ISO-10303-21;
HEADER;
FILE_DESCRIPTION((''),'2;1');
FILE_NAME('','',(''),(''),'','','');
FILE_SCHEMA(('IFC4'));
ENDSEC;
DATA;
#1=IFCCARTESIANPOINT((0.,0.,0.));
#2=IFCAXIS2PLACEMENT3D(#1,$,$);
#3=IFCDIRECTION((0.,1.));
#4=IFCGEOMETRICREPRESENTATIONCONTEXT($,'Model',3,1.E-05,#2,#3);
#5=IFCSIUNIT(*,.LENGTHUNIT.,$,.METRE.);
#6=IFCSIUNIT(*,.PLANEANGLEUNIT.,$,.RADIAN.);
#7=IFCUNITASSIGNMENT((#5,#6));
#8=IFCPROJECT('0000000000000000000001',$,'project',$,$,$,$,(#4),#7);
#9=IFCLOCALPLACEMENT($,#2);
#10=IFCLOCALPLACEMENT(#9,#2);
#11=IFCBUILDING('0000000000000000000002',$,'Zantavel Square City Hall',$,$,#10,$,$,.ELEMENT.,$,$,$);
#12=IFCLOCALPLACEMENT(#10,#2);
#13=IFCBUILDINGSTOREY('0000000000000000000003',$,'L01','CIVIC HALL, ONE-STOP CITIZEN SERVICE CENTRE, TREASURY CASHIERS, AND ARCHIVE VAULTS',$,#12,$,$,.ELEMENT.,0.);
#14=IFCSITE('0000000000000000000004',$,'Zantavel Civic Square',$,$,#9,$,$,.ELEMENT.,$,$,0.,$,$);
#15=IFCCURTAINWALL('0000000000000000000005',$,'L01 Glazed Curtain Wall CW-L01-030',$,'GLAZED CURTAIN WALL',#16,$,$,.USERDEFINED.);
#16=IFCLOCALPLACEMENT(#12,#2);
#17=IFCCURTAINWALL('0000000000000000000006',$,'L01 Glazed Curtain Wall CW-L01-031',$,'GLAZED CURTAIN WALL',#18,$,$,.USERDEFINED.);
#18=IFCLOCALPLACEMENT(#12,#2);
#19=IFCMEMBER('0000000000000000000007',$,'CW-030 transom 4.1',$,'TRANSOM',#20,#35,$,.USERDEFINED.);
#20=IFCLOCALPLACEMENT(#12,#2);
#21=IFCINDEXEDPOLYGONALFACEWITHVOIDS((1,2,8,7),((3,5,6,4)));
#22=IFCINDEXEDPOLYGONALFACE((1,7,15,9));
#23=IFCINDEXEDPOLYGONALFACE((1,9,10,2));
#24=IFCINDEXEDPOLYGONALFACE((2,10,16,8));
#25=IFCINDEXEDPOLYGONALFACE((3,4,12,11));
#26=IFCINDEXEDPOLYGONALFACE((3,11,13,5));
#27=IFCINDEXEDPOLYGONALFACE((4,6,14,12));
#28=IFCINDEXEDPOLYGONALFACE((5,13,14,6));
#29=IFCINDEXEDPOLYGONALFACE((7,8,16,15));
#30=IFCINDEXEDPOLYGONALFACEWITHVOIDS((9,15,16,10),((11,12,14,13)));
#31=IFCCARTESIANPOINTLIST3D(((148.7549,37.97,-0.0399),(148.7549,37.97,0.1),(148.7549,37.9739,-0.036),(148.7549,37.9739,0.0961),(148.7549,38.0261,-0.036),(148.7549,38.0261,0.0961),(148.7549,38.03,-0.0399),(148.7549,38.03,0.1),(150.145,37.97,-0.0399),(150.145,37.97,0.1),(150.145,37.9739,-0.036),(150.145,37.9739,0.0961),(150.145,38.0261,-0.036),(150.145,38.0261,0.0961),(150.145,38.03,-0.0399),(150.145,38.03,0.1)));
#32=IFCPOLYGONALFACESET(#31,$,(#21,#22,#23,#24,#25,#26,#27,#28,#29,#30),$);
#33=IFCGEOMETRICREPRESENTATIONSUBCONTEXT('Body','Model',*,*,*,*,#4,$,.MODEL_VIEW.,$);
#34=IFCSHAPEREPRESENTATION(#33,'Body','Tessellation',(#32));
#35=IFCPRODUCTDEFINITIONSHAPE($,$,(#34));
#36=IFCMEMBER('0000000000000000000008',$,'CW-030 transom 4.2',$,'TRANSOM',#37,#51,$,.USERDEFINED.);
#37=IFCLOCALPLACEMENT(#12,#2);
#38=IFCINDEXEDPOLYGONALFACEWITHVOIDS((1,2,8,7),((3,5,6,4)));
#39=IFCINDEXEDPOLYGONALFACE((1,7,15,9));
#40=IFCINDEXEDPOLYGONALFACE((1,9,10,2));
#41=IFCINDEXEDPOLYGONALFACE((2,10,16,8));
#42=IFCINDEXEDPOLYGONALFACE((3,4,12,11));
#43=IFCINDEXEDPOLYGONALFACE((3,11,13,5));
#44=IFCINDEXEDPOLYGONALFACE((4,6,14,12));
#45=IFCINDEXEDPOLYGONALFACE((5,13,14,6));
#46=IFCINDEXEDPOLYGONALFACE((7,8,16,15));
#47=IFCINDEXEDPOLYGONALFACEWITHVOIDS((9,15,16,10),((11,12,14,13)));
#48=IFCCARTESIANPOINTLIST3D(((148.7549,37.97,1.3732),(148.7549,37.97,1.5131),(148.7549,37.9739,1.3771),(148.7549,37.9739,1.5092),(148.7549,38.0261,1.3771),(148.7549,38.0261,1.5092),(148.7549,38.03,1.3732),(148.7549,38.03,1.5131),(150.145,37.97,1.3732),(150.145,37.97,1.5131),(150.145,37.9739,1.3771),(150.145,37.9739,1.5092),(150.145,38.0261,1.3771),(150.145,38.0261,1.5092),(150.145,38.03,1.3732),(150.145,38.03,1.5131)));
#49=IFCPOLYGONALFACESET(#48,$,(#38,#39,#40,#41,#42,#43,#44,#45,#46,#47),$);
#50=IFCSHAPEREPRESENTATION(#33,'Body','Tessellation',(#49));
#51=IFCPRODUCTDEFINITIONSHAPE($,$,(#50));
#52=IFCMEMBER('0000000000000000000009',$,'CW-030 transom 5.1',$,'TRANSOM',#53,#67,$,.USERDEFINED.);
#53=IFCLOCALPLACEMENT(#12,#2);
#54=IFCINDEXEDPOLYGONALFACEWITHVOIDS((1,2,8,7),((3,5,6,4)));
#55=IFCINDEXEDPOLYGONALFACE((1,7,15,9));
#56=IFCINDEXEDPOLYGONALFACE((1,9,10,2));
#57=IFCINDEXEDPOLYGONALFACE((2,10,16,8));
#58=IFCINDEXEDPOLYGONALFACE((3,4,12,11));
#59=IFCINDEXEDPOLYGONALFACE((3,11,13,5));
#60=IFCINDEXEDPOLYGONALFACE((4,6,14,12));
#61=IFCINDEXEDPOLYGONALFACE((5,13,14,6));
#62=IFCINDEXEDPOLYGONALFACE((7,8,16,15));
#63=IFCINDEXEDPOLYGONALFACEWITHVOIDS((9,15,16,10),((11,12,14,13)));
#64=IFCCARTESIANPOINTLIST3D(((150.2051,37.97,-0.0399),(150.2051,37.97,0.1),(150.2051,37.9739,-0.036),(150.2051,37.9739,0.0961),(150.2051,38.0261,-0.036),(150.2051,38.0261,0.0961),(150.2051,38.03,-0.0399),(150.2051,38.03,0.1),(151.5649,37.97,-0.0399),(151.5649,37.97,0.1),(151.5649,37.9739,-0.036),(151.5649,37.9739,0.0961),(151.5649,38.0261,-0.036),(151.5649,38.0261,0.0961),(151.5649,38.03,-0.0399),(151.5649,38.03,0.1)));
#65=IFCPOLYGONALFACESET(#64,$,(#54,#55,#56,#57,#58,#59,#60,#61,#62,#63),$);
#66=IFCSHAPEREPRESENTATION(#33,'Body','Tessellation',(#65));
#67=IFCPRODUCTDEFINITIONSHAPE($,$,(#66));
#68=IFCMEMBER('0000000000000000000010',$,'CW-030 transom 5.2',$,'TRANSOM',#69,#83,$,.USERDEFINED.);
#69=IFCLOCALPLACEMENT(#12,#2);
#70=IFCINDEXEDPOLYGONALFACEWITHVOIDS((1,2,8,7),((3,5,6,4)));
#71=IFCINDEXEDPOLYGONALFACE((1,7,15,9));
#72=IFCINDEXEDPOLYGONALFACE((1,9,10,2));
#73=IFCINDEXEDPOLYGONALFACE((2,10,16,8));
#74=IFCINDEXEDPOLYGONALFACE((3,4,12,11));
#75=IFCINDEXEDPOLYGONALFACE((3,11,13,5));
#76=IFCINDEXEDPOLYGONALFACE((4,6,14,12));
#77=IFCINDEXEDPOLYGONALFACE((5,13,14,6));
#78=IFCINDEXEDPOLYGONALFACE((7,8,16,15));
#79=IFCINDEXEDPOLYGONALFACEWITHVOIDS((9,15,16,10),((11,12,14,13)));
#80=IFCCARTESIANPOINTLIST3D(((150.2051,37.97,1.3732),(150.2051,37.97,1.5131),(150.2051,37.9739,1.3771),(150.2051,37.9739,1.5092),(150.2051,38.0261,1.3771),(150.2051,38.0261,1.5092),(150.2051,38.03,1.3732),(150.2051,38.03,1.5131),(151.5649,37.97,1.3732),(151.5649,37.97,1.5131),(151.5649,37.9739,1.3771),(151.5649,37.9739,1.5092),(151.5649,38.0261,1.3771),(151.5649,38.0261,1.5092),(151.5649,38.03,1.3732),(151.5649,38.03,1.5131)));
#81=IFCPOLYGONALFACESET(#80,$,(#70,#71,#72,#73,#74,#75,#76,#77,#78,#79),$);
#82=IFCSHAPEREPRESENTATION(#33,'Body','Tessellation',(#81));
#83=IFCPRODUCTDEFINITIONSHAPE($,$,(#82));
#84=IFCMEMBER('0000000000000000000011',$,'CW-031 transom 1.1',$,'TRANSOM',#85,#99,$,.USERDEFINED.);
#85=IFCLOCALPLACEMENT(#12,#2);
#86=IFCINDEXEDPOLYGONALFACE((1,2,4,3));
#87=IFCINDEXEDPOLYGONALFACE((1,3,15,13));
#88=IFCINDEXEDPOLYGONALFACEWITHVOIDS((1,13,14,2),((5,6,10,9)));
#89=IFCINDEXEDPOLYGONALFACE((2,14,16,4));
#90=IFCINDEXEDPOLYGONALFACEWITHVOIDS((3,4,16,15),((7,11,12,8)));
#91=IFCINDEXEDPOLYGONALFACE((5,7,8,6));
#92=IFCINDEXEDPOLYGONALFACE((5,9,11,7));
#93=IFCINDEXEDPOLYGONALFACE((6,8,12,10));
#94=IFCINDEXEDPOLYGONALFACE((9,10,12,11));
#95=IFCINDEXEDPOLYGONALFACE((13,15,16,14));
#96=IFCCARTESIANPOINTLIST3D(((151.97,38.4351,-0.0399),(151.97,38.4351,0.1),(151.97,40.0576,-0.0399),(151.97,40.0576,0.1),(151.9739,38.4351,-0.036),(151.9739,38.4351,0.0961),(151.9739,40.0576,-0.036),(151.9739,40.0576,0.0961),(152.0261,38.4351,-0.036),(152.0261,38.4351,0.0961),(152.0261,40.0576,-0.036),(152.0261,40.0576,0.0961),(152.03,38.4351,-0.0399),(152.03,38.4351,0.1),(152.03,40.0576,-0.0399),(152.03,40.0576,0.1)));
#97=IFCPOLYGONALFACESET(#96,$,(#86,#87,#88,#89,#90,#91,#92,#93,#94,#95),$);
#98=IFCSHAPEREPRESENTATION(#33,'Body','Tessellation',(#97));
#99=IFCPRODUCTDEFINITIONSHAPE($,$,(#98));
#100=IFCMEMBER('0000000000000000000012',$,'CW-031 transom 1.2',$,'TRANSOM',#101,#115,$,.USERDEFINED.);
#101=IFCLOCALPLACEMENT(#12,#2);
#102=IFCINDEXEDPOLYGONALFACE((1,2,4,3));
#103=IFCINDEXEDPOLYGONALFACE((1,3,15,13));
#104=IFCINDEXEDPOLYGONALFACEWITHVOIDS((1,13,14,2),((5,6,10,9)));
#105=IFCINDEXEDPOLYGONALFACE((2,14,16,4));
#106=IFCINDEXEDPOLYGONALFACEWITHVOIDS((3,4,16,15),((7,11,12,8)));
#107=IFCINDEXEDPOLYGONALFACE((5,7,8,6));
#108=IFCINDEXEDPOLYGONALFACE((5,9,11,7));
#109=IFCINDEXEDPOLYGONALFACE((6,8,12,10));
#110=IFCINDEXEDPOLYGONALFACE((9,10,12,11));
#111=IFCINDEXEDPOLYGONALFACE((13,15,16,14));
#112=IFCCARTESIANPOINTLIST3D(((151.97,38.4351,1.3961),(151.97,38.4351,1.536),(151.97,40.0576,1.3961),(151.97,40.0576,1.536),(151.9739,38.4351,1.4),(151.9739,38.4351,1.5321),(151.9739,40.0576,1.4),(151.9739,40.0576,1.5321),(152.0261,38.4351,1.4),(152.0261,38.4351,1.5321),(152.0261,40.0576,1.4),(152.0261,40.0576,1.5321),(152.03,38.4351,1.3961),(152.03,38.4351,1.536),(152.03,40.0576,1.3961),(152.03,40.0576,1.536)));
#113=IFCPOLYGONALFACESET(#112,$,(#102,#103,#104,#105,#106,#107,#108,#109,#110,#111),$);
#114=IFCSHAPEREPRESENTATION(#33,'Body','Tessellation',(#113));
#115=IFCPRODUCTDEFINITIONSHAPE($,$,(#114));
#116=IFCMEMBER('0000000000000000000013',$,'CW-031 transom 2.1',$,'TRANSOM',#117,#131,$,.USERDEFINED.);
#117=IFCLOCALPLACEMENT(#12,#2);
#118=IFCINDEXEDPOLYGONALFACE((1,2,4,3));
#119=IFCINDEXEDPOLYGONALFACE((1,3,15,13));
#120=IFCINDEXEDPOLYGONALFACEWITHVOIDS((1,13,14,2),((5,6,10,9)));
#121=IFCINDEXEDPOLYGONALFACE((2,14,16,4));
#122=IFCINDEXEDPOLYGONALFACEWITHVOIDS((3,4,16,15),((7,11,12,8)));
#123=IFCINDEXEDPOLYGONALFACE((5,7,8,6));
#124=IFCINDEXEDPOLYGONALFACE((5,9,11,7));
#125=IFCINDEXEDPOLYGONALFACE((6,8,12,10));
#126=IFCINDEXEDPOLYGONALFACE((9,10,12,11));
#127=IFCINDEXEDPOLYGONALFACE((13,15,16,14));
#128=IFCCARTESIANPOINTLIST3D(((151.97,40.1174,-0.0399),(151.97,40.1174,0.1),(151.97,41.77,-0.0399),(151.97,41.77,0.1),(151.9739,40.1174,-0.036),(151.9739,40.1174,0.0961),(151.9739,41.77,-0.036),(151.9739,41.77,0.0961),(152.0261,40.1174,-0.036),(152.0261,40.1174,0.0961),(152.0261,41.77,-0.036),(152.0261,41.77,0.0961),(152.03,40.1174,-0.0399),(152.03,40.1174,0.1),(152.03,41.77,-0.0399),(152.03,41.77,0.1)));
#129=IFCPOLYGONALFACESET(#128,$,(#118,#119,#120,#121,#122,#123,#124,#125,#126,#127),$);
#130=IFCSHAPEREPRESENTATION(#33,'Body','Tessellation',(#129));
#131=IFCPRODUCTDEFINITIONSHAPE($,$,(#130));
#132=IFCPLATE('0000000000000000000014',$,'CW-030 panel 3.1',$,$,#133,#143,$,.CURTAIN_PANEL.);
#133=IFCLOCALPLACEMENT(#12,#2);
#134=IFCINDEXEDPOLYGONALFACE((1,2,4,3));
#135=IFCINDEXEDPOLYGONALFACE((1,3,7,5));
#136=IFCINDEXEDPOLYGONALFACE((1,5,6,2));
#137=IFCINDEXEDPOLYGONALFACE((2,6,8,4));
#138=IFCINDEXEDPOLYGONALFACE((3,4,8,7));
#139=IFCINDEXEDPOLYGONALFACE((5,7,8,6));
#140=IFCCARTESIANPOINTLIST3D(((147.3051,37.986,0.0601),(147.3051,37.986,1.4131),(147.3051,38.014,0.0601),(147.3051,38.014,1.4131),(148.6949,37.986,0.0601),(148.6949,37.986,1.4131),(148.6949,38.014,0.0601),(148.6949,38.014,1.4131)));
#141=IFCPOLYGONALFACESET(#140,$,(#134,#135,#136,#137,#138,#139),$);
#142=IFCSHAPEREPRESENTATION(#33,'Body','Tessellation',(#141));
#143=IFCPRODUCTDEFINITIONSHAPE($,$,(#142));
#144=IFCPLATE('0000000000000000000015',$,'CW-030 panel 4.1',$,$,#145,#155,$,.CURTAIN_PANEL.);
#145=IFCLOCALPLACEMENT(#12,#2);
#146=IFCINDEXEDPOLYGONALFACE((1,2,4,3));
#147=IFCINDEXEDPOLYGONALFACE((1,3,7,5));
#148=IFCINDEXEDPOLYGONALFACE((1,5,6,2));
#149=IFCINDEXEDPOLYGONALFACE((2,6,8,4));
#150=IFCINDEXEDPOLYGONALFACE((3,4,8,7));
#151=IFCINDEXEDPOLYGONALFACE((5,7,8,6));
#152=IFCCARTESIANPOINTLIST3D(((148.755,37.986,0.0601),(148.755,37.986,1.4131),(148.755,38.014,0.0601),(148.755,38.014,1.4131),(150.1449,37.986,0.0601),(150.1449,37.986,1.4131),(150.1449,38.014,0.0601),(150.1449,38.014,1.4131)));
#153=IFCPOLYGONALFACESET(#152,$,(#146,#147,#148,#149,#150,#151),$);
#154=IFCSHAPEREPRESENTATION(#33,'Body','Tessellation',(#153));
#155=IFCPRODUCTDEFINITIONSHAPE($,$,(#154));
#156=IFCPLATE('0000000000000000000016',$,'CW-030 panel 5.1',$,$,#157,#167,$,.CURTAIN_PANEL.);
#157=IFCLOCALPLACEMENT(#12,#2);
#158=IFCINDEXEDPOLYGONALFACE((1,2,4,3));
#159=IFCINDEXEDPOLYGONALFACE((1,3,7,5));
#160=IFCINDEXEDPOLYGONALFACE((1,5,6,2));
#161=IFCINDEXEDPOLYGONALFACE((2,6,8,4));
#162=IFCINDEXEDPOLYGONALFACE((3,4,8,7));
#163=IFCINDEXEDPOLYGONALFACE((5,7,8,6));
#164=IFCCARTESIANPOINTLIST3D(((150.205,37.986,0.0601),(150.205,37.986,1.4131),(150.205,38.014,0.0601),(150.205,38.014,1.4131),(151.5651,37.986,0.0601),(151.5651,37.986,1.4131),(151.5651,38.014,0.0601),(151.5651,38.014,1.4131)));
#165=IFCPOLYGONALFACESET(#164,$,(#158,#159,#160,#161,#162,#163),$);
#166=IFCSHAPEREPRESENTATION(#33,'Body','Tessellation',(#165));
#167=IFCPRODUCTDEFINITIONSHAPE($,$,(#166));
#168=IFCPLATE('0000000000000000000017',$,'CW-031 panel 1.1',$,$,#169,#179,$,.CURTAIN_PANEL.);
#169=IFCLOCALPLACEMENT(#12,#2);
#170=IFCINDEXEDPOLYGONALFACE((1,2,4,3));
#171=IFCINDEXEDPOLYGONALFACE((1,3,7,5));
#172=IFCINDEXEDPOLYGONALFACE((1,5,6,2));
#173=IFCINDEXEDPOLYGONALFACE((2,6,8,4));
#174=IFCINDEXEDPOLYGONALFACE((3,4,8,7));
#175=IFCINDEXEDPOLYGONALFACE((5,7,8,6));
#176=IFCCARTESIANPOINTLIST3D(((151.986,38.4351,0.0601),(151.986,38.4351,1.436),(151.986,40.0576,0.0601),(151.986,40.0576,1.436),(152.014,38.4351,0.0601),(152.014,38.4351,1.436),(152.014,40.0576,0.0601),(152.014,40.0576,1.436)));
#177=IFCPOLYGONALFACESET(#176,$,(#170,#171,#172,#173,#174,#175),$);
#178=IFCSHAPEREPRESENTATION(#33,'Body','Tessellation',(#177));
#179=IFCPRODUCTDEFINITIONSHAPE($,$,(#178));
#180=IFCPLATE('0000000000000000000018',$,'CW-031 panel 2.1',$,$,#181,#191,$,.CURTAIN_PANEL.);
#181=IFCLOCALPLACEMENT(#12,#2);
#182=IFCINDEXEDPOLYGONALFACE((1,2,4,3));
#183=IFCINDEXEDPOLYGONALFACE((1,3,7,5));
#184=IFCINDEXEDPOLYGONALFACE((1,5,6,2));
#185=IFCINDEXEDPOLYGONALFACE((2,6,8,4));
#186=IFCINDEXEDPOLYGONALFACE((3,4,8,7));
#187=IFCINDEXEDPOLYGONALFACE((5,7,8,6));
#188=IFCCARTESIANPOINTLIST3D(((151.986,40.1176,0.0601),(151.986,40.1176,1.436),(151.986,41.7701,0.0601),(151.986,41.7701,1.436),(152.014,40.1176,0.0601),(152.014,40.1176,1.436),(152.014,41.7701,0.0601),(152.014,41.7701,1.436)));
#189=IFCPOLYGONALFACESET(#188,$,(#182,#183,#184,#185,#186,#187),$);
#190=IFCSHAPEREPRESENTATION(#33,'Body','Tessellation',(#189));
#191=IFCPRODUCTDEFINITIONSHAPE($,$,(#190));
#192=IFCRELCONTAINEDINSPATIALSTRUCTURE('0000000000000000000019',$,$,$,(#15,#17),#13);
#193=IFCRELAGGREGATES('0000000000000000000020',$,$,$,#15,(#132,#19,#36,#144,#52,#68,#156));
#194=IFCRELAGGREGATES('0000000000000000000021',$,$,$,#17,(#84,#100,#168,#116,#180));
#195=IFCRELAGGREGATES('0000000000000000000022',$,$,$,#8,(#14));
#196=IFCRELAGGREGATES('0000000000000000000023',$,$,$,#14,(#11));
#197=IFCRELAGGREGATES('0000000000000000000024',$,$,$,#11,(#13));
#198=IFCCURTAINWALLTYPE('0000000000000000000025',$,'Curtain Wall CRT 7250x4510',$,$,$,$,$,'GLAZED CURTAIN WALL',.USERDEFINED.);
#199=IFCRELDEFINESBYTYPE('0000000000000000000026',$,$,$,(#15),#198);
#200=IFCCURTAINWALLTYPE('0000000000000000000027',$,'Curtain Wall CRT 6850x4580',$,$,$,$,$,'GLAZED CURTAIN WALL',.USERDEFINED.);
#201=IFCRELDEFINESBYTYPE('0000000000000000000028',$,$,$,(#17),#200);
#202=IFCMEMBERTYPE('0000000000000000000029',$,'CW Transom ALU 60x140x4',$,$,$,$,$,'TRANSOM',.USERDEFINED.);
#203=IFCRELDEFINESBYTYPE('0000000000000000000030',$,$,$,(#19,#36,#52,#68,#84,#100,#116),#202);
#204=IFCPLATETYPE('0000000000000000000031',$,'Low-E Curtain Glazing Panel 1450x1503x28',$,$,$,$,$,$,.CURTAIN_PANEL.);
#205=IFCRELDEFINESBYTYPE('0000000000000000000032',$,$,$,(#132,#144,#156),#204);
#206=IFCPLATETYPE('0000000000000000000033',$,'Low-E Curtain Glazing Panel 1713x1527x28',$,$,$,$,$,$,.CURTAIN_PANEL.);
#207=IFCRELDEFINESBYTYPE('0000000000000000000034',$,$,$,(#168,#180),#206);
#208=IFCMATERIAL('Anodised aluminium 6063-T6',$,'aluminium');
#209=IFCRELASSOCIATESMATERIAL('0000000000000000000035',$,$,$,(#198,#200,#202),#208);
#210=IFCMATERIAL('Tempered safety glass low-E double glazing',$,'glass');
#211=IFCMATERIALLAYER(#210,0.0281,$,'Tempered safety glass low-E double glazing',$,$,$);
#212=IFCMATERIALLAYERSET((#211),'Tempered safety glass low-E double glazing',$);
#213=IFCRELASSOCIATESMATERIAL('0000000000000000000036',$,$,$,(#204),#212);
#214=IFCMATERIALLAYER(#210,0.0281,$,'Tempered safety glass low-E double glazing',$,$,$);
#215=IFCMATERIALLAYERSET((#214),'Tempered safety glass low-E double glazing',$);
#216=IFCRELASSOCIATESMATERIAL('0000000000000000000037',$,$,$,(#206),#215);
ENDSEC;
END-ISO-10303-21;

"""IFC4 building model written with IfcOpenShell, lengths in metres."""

from ifc_helpers import new_model, si_unit, direction, frame, origin, origin_2d, place, context, subcontext, project, spatial, rectangle, hollow_rectangle, extrude, material, layer, layer_set, material_profile, profile_set, type_object, element, aggregate, save


model = new_model("IFC4")

# Units and contexts
model_context = context("Model", 3, precision=1e-05, world=origin(), true_north=direction((0.0, 1.0)))
body_context = subcontext(model_context, "Body", "Model", "MODEL_VIEW")
ifc_project = project(units=[si_unit("LENGTHUNIT", "METRE"), si_unit("PLANEANGLEUNIT", "RADIAN")], contexts=[model_context])

# Site, building, storey
site_placement = place(None, origin())
site = spatial("IfcSite", under=ifc_project, at=site_placement, Name="Zantavel Civic Square", CompositionType="ELEMENT", RefElevation=0.0)
building_placement = place(site_placement, origin())
building = spatial("IfcBuilding", under=site, at=building_placement, Name="Zantavel Square City Hall", CompositionType="ELEMENT")
storey_placement = place(building_placement, origin())
storey = spatial("IfcBuildingStorey", under=building, at=storey_placement, Name="L01", Description="CIVIC HALL, ONE-STOP CITIZEN SERVICE CENTRE, TREASURY CASHIERS, AND ARCHIVE VAULTS", CompositionType="ELEMENT", Elevation=0.0)

# Curtain walls
ifc_material_1 = material(Name="Anodised aluminium 6063-T6", Category="aluminium")
curtain_wall_type_1 = type_object("IfcCurtainWallType", Name="Curtain Wall CRT 7250x4510", ElementType="GLAZED CURTAIN WALL", PredefinedType="USERDEFINED", material=ifc_material_1)
curtain_wall_1_placement = place(storey_placement, origin())
curtain_wall_1 = element("IfcCurtainWall", 1, at=curtain_wall_1_placement, inside=storey, type_object=curtain_wall_type_1, Name="L01 Glazed Curtain Wall CW-L01-030", ObjectType="GLAZED CURTAIN WALL", PredefinedType="USERDEFINED")
curtain_wall_type_2 = type_object("IfcCurtainWallType", Name="Curtain Wall CRT 6850x4580", ElementType="GLAZED CURTAIN WALL", PredefinedType="USERDEFINED", material=ifc_material_1)
curtain_wall_2_placement = place(storey_placement, origin())
curtain_wall_2 = element("IfcCurtainWall", 2, at=curtain_wall_2_placement, inside=storey, type_object=curtain_wall_type_2, Name="L01 Glazed Curtain Wall CW-L01-031", ObjectType="GLAZED CURTAIN WALL", PredefinedType="USERDEFINED")

# Members
ifc_material_profile_1 = material_profile(ifc_material_1, hollow_rectangle(XDim=0.0601, YDim=0.1399, WallThickness=0.0039, at=origin_2d()), Name="ALU 60x140x4")
ifc_profile_set_1 = profile_set([ifc_material_profile_1], Name="Anodised aluminium 6063-T6")
member_type_1 = type_object("IfcMemberType", Name="CW Transom ALU 60x140x4", ElementType="TRANSOM", PredefinedType="USERDEFINED", material=ifc_profile_set_1)
member_1_placement = place(storey_placement, frame((148.7549, 38.0, 0.03), z_axis=(1.0, 0.0, 0.0), x_axis=(0.0, 1.0, 0.0)))
member_1 = element("IfcMember", 3, at=member_1_placement, type_object=member_type_1, Name="CW-030 transom 4.1", ObjectType="TRANSOM", PredefinedType="USERDEFINED", context=body_context, shape_type="SweptSolid", body=[
    extrude(hollow_rectangle(XDim=0.0601, YDim=0.1399, WallThickness=0.0039, at=origin_2d()), origin(), (0.0, 0.0, 1.0), 1.3901),
])
member_2_placement = place(storey_placement, frame((148.7549, 38.0, 1.4431), z_axis=(1.0, 0.0, 0.0), x_axis=(0.0, 1.0, 0.0)))
member_2 = element("IfcMember", 4, at=member_2_placement, type_object=member_type_1, Name="CW-030 transom 4.2", ObjectType="TRANSOM", PredefinedType="USERDEFINED", context=body_context, shape_type="SweptSolid", body=[
    extrude(hollow_rectangle(XDim=0.0601, YDim=0.1399, WallThickness=0.0039, at=origin_2d()), origin(), (0.0, 0.0, 1.0), 1.3901),
])
member_3_placement = place(storey_placement, frame((150.2051, 38.0, 0.03), z_axis=(1.0, 0.0, 0.0), x_axis=(0.0, 1.0, 0.0)))
member_3 = element("IfcMember", 5, at=member_3_placement, type_object=member_type_1, Name="CW-030 transom 5.1", ObjectType="TRANSOM", PredefinedType="USERDEFINED", context=body_context, shape_type="SweptSolid", body=[
    extrude(hollow_rectangle(XDim=0.0601, YDim=0.1399, WallThickness=0.0039, at=origin_2d()), origin(), (0.0, 0.0, 1.0), 1.3599),
])
member_4_placement = place(storey_placement, frame((150.2051, 38.0, 1.4431), z_axis=(1.0, 0.0, 0.0), x_axis=(0.0, 1.0, 0.0)))
member_4 = element("IfcMember", 6, at=member_4_placement, type_object=member_type_1, Name="CW-030 transom 5.2", ObjectType="TRANSOM", PredefinedType="USERDEFINED", context=body_context, shape_type="SweptSolid", body=[
    extrude(hollow_rectangle(XDim=0.0601, YDim=0.1399, WallThickness=0.0039, at=origin_2d()), origin(), (0.0, 0.0, 1.0), 1.3599),
])
member_5_placement = place(storey_placement, frame((152.0, 38.4351, 0.03), z_axis=(0.0, 1.0, 0.0), x_axis=(-1.0, 0.0, 0.0)))
member_5 = element("IfcMember", 7, at=member_5_placement, type_object=member_type_1, Name="CW-031 transom 1.1", ObjectType="TRANSOM", PredefinedType="USERDEFINED", context=body_context, shape_type="SweptSolid", body=[
    extrude(hollow_rectangle(XDim=0.0601, YDim=0.1399, WallThickness=0.0039, at=origin_2d()), origin(), (0.0, 0.0, 1.0), 1.6226),
])
member_6_placement = place(storey_placement, frame((152.0, 38.4351, 1.4661), z_axis=(0.0, 1.0, 0.0), x_axis=(-1.0, 0.0, 0.0)))
member_6 = element("IfcMember", 8, at=member_6_placement, type_object=member_type_1, Name="CW-031 transom 1.2", ObjectType="TRANSOM", PredefinedType="USERDEFINED", context=body_context, shape_type="SweptSolid", body=[
    extrude(hollow_rectangle(XDim=0.0601, YDim=0.1399, WallThickness=0.0039, at=origin_2d()), origin(), (0.0, 0.0, 1.0), 1.6226),
])
member_7_placement = place(storey_placement, frame((152.0, 40.1174, 0.03), z_axis=(0.0, 1.0, 0.0), x_axis=(-1.0, 0.0, 0.0)))
member_7 = element("IfcMember", 9, at=member_7_placement, type_object=member_type_1, Name="CW-031 transom 2.1", ObjectType="TRANSOM", PredefinedType="USERDEFINED", context=body_context, shape_type="SweptSolid", body=[
    extrude(hollow_rectangle(XDim=0.0601, YDim=0.1399, WallThickness=0.0039, at=origin_2d()), origin(), (0.0, 0.0, 1.0), 1.6526),
])

# Plates
ifc_material_2 = material(Name="Tempered safety glass low-E double glazing", Category="glass")
ifc_layer_1 = layer(ifc_material_2, 0.0281, Name="Tempered safety glass low-E double glazing")
ifc_layer_set_1 = layer_set([ifc_layer_1], Name="Tempered safety glass low-E double glazing")
plate_type_1 = type_object("IfcPlateType", Name="Low-E Curtain Glazing Panel 1450x1503x28", PredefinedType="CURTAIN_PANEL", material=ifc_layer_set_1)
plate_1_placement = place(storey_placement, frame((148.0, 38.0, 0.0601), z_axis=(0.0, 0.0, 1.0), x_axis=(1.0, 0.0, 0.0)))
plate_1 = element("IfcPlate", 10, at=plate_1_placement, type_object=plate_type_1, Name="CW-030 panel 3.1", PredefinedType="CURTAIN_PANEL", context=body_context, shape_type="SweptSolid", body=[
    extrude(rectangle(XDim=1.3899, YDim=0.0281, at=origin_2d()), origin(), (0.0, 0.0, 1.0), 1.353),
])
plate_2_placement = place(storey_placement, frame((149.45, 38.0, 0.0601), z_axis=(0.0, 0.0, 1.0), x_axis=(1.0, 0.0, 0.0)))
plate_2 = element("IfcPlate", 11, at=plate_2_placement, type_object=plate_type_1, Name="CW-030 panel 4.1", PredefinedType="CURTAIN_PANEL", context=body_context, shape_type="SweptSolid", body=[
    extrude(rectangle(XDim=1.3899, YDim=0.0281, at=origin_2d()), origin(), (0.0, 0.0, 1.0), 1.353),
])
plate_3_placement = place(storey_placement, frame((150.885, 38.0, 0.0601), z_axis=(0.0, 0.0, 1.0), x_axis=(1.0, 0.0, 0.0)))
plate_3 = element("IfcPlate", 12, at=plate_3_placement, type_object=plate_type_1, Name="CW-030 panel 5.1", PredefinedType="CURTAIN_PANEL", context=body_context, shape_type="SweptSolid", body=[
    extrude(rectangle(XDim=1.3601, YDim=0.0281, at=origin_2d()), origin(), (0.0, 0.0, 1.0), 1.353),
])
aggregate(curtain_wall_1, [plate_1, member_1, member_2, plate_2, member_3, member_4, plate_3])
ifc_layer_2 = layer(ifc_material_2, 0.0281, Name="Tempered safety glass low-E double glazing")
ifc_layer_set_2 = layer_set([ifc_layer_2], Name="Tempered safety glass low-E double glazing")
plate_type_2 = type_object("IfcPlateType", Name="Low-E Curtain Glazing Panel 1713x1527x28", PredefinedType="CURTAIN_PANEL", material=ifc_layer_set_2)
plate_4_placement = place(storey_placement, frame((152.0, 39.2463, 0.0601), z_axis=(0.0, 0.0, 1.0), x_axis=(0.0, 1.0, 0.0)))
plate_4 = element("IfcPlate", 13, at=plate_4_placement, type_object=plate_type_2, Name="CW-031 panel 1.1", PredefinedType="CURTAIN_PANEL", context=body_context, shape_type="SweptSolid", body=[
    extrude(rectangle(XDim=1.6226, YDim=0.0281, at=origin_2d()), origin(), (0.0, 0.0, 1.0), 1.376),
])
plate_5_placement = place(storey_placement, frame((152.0, 40.9438, 0.0601), z_axis=(0.0, 0.0, 1.0), x_axis=(0.0, 1.0, 0.0)))
plate_5 = element("IfcPlate", 14, at=plate_5_placement, type_object=plate_type_2, Name="CW-031 panel 2.1", PredefinedType="CURTAIN_PANEL", context=body_context, shape_type="SweptSolid", body=[
    extrude(rectangle(XDim=1.6526, YDim=0.0281, at=origin_2d()), origin(), (0.0, 0.0, 1.0), 1.376),
])
aggregate(curtain_wall_2, [member_5, member_6, plate_4, member_7, plate_5])

save(model, "model.ifc")
